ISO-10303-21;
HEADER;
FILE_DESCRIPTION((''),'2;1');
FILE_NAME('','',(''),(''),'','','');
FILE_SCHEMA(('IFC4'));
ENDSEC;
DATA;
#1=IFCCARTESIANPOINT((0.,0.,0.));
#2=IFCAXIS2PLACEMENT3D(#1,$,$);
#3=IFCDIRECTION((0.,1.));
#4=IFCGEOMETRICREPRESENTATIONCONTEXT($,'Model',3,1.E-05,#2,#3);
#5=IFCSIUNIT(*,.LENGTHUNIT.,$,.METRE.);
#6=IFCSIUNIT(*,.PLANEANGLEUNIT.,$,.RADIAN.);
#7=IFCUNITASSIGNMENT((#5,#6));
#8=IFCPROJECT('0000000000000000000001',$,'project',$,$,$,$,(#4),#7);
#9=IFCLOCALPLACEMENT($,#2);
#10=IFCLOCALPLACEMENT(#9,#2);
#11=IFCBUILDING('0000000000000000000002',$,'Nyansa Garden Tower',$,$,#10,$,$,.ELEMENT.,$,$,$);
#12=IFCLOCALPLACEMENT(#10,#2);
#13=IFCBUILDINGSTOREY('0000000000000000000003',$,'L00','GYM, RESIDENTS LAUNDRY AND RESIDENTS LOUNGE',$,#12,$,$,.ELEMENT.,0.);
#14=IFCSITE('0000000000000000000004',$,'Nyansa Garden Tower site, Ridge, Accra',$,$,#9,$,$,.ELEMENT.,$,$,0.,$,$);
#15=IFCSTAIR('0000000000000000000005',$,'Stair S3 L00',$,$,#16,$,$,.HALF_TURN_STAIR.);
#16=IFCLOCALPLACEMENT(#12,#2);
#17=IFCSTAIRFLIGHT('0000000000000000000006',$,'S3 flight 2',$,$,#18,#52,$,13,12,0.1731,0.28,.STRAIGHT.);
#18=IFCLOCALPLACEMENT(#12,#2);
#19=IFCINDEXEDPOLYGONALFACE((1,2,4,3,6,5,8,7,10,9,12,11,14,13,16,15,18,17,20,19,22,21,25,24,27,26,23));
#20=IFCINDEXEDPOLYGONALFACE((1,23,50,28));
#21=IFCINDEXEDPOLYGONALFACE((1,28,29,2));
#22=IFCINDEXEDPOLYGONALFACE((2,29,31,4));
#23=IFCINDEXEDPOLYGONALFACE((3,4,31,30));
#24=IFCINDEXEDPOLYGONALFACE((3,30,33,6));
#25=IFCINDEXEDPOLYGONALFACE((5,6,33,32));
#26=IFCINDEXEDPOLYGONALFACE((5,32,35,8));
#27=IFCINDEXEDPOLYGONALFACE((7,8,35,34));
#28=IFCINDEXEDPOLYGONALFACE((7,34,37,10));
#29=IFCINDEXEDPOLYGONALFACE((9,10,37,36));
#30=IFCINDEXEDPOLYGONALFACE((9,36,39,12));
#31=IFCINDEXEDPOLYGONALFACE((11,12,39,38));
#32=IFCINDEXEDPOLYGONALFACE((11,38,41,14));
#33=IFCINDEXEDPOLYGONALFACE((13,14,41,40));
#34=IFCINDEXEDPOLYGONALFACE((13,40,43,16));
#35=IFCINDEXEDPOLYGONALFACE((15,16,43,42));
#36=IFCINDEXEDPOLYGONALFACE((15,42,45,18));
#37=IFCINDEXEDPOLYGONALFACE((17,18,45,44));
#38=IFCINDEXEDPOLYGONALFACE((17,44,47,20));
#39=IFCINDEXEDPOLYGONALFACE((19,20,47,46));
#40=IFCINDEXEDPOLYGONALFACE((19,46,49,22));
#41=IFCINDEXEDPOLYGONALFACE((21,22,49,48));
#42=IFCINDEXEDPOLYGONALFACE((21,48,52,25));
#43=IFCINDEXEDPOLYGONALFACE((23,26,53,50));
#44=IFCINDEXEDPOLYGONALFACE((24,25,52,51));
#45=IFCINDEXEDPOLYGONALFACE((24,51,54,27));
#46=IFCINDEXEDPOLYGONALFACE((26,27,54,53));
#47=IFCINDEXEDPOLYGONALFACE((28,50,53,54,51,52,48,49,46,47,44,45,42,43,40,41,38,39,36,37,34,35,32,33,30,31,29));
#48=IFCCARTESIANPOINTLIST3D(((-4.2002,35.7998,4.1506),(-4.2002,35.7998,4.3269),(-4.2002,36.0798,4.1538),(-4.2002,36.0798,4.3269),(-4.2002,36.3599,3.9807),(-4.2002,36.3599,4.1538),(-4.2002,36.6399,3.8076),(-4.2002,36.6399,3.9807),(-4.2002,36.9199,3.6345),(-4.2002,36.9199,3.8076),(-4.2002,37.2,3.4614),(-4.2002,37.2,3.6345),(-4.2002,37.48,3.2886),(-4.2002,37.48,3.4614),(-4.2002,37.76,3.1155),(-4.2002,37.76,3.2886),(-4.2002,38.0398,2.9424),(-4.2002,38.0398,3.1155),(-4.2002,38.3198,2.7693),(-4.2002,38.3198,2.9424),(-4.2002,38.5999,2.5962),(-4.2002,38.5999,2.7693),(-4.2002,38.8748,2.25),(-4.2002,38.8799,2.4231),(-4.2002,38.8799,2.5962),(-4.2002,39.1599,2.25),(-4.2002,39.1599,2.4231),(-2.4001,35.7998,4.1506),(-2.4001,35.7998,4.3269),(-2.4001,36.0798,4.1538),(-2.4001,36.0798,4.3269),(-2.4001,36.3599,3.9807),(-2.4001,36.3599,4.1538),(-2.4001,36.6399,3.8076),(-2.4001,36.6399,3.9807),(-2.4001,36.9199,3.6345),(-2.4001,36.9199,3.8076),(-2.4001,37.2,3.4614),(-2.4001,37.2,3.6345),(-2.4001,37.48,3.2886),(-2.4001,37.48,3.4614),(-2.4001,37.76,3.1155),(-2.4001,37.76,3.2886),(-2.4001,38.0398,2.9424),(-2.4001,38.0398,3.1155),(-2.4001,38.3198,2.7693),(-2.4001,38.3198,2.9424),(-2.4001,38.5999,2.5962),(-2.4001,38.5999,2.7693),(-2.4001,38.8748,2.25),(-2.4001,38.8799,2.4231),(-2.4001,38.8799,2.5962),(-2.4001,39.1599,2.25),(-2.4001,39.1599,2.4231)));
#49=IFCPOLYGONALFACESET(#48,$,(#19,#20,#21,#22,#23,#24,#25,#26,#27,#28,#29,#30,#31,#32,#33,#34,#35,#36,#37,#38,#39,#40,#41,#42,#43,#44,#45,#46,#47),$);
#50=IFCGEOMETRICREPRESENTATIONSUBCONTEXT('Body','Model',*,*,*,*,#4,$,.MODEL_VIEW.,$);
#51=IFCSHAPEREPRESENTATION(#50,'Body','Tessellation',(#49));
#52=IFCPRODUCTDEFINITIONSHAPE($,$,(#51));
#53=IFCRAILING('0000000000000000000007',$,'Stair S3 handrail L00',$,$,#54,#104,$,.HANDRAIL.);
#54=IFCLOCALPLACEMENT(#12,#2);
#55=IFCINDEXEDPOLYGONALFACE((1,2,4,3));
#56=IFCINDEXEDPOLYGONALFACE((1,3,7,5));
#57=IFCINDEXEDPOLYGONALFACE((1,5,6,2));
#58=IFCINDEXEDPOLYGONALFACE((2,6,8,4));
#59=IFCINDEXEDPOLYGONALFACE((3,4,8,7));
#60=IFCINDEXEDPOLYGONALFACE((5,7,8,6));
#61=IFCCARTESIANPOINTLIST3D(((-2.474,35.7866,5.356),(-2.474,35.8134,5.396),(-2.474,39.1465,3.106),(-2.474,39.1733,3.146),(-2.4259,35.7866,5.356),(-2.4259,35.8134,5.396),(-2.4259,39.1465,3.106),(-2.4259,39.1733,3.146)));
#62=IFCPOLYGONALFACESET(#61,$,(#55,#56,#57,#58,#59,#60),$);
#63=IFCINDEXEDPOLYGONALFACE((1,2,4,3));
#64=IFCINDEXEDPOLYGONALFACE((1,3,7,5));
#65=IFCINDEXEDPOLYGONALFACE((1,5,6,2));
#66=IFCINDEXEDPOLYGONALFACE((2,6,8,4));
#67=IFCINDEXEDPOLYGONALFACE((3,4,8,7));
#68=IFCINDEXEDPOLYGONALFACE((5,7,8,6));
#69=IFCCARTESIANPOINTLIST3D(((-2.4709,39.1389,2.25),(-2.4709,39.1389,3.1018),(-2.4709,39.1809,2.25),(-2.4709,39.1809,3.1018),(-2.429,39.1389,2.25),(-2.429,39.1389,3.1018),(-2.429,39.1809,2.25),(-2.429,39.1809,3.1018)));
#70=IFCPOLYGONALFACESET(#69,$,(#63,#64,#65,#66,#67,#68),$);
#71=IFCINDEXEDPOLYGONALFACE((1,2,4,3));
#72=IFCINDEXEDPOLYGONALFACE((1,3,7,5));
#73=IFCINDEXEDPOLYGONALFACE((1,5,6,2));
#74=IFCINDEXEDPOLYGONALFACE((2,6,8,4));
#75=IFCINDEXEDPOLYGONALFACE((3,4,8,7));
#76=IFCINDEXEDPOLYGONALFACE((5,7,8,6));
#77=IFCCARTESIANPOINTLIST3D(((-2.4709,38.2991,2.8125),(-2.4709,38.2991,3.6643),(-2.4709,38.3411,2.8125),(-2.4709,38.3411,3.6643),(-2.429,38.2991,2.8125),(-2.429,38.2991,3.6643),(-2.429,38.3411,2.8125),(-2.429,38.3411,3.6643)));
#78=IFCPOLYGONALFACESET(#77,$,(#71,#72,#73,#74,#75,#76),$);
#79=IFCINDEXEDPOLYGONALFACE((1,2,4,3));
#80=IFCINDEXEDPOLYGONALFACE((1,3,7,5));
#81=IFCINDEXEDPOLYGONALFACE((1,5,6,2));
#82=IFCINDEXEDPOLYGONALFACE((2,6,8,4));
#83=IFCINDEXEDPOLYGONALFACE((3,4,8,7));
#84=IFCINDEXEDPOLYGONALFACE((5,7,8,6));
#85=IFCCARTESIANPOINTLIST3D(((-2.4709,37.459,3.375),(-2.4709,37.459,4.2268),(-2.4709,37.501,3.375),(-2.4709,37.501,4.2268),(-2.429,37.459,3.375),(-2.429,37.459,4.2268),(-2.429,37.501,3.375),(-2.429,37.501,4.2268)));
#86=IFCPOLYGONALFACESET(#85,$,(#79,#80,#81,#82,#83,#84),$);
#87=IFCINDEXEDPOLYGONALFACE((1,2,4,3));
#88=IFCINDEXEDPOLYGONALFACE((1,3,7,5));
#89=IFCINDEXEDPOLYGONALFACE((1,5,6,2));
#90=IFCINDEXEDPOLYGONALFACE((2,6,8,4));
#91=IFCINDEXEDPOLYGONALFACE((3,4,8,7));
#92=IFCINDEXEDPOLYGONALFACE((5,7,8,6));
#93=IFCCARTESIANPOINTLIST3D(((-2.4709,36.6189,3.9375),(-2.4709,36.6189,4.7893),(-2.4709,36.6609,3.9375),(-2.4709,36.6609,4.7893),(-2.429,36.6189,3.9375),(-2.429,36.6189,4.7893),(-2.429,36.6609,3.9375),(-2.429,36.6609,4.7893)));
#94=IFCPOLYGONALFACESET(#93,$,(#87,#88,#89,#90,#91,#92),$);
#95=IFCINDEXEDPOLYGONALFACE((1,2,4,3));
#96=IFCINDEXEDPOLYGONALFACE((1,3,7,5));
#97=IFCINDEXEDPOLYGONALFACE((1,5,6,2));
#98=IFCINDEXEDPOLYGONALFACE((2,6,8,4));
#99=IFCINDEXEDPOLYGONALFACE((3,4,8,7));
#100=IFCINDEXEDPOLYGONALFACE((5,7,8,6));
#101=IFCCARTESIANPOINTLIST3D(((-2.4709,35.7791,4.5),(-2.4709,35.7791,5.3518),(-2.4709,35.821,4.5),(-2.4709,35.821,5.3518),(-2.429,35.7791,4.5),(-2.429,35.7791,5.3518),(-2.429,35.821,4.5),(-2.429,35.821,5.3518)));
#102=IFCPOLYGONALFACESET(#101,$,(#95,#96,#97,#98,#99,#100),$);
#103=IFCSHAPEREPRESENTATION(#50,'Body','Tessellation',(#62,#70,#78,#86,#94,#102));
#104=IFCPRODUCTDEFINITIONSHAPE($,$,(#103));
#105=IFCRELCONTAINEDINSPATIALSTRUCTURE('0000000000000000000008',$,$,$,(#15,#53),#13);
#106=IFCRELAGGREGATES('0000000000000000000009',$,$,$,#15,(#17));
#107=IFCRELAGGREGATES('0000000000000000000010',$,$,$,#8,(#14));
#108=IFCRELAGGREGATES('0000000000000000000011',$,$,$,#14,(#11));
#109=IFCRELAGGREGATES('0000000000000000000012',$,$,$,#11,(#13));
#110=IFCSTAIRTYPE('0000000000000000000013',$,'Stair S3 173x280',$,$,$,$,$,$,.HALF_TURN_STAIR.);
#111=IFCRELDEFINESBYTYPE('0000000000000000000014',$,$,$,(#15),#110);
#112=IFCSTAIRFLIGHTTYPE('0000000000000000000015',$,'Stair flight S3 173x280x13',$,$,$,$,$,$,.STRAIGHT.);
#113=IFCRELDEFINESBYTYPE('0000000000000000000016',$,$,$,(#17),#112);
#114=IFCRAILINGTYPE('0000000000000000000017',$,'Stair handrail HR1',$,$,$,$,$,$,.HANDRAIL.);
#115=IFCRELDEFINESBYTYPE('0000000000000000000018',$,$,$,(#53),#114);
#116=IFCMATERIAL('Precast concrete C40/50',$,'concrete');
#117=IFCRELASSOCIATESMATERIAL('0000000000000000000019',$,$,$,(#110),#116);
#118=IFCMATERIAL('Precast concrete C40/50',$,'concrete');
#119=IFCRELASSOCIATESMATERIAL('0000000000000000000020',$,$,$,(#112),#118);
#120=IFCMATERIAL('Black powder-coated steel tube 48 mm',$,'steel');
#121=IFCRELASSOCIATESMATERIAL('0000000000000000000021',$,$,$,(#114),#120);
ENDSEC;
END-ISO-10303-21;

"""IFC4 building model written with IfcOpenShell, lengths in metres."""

from ifc_helpers import new_model, si_unit, direction, frame, origin, origin_2d, place, context, subcontext, project, spatial, polyline, rectangle, outline, extrude, material, type_object, element, aggregate, save


model = new_model("IFC4")

# Units and contexts
model_context = context("Model", 3, precision=1e-05, world=origin(), true_north=direction((0.0, 1.0)))
body_context = subcontext(model_context, "Body", "Model", "MODEL_VIEW")
ifc_project = project(units=[si_unit("LENGTHUNIT", "METRE"), si_unit("PLANEANGLEUNIT", "RADIAN")], contexts=[model_context])

# Site, building, storey
site_placement = place(None, origin())
site = spatial("IfcSite", under=ifc_project, at=site_placement, Name="Nyansa Garden Tower site, Ridge, Accra", CompositionType="ELEMENT", RefElevation=0.0)
building_placement = place(site_placement, origin())
building = spatial("IfcBuilding", under=site, at=building_placement, Name="Nyansa Garden Tower", CompositionType="ELEMENT")
storey_placement = place(building_placement, origin())
storey = spatial("IfcBuildingStorey", under=building, at=storey_placement, Name="L00", Description="GYM, RESIDENTS LAUNDRY AND RESIDENTS LOUNGE", CompositionType="ELEMENT", Elevation=0.0)

# Stair, stair flight
ifc_material_1 = material(Name="Precast concrete C40/50", Category="concrete")
stair_type = type_object("IfcStairType", Name="Stair S3 173x280", PredefinedType="HALF_TURN_STAIR", material=ifc_material_1)
stair_placement = place(storey_placement, origin())
stair = element("IfcStair", 1, at=stair_placement, inside=storey, type_object=stair_type, Name="Stair S3 L00", PredefinedType="HALF_TURN_STAIR")
ifc_material_2 = material(Name="Precast concrete C40/50", Category="concrete")
stair_flight_type = type_object("IfcStairFlightType", Name="Stair flight S3 173x280x13", PredefinedType="STRAIGHT", material=ifc_material_2)
stair_flight_placement = place(storey_placement, frame((-3.3, 39.1599, 2.25), z_axis=(0.0, 0.0, 1.0), x_axis=(0.0, -1.0, 0.0)))
stair_flight = element("IfcStairFlight", 2, at=stair_flight_placement, type_object=stair_flight_type, Name="S3 flight 2", NumberOfRisers=13, NumberOfTreads=12, PredefinedType="STRAIGHT", RiserHeight=0.1731, TreadLength=0.28, context=body_context, shape_type="SweptSolid", body=[
    extrude(outline(polyline([(0.0, 0.0), (0.0, 0.1731), (0.28, 0.1731), (0.28, 0.3462), (0.5601, 0.3462), (0.5601, 0.5193), (0.8401, 0.5193), (0.8401, 0.6924), (1.1201, 0.6924), (1.1201, 0.8655), (1.3999, 0.8655), (1.3999, 1.0386), (1.6799, 1.0386), (1.6799, 1.2114), (1.96, 1.2114), (1.96, 1.3845), (2.24, 1.3845), (2.24, 1.5576), (2.52, 1.5576), (2.52, 1.7307), (2.8, 1.7307), (2.8, 1.9038), (3.0801, 1.9038), (3.0801, 2.0769), (3.3601, 2.0769), (3.3601, 2.25), (3.3601, 1.9006), (0.2852, 0.0), (0.0, 0.0)])), frame((0.0, 0.8999, 0.0), z_axis=(0.0, -1.0, 0.0), x_axis=(1.0, 0.0, 0.0)), (0.0, 0.0, 1.0), 1.8),
])
aggregate(stair, [stair_flight])

# Railing
ifc_material_3 = material(Name="Black powder-coated steel tube 48 mm", Category="steel")
railing_type = type_object("IfcRailingType", Name="Stair handrail HR1", PredefinedType="HANDRAIL", material=ifc_material_3)
railing_placement = place(storey_placement, frame((-2.45, 39.1599, 2.25)))
element("IfcRailing", 3, at=railing_placement, inside=storey, type_object=railing_type, Name="Stair S3 handrail L00", PredefinedType="HANDRAIL", context=body_context, shape_type="SweptSolid", body=[
    extrude(rectangle(XDim=0.0481, YDim=0.0481, at=origin_2d()), frame((0.0, 0.0, 0.876), z_axis=(0.0, -0.830897, 0.556427), x_axis=(1.0, 0.0, 0.0)), (0.0, 0.0, 1.0), 4.0437),
    extrude(rectangle(XDim=0.042, YDim=0.042, at=origin_2d()), origin(), (0.0, 0.0, 1.0), 0.8518),
    extrude(rectangle(XDim=0.042, YDim=0.042, at=origin_2d()), frame((0.0, -0.8398, 0.5625)), (0.0, 0.0, 1.0), 0.8518),
    extrude(rectangle(XDim=0.042, YDim=0.042, at=origin_2d()), frame((0.0, -1.6799, 1.125)), (0.0, 0.0, 1.0), 0.8518),
    extrude(rectangle(XDim=0.042, YDim=0.042, at=origin_2d()), frame((0.0, -2.52, 1.6875)), (0.0, 0.0, 1.0), 0.8518),
    extrude(rectangle(XDim=0.042, YDim=0.042, at=origin_2d()), frame((0.0, -3.3599, 2.25)), (0.0, 0.0, 1.0), 0.8518),
])

save(model, "model.ifc")
